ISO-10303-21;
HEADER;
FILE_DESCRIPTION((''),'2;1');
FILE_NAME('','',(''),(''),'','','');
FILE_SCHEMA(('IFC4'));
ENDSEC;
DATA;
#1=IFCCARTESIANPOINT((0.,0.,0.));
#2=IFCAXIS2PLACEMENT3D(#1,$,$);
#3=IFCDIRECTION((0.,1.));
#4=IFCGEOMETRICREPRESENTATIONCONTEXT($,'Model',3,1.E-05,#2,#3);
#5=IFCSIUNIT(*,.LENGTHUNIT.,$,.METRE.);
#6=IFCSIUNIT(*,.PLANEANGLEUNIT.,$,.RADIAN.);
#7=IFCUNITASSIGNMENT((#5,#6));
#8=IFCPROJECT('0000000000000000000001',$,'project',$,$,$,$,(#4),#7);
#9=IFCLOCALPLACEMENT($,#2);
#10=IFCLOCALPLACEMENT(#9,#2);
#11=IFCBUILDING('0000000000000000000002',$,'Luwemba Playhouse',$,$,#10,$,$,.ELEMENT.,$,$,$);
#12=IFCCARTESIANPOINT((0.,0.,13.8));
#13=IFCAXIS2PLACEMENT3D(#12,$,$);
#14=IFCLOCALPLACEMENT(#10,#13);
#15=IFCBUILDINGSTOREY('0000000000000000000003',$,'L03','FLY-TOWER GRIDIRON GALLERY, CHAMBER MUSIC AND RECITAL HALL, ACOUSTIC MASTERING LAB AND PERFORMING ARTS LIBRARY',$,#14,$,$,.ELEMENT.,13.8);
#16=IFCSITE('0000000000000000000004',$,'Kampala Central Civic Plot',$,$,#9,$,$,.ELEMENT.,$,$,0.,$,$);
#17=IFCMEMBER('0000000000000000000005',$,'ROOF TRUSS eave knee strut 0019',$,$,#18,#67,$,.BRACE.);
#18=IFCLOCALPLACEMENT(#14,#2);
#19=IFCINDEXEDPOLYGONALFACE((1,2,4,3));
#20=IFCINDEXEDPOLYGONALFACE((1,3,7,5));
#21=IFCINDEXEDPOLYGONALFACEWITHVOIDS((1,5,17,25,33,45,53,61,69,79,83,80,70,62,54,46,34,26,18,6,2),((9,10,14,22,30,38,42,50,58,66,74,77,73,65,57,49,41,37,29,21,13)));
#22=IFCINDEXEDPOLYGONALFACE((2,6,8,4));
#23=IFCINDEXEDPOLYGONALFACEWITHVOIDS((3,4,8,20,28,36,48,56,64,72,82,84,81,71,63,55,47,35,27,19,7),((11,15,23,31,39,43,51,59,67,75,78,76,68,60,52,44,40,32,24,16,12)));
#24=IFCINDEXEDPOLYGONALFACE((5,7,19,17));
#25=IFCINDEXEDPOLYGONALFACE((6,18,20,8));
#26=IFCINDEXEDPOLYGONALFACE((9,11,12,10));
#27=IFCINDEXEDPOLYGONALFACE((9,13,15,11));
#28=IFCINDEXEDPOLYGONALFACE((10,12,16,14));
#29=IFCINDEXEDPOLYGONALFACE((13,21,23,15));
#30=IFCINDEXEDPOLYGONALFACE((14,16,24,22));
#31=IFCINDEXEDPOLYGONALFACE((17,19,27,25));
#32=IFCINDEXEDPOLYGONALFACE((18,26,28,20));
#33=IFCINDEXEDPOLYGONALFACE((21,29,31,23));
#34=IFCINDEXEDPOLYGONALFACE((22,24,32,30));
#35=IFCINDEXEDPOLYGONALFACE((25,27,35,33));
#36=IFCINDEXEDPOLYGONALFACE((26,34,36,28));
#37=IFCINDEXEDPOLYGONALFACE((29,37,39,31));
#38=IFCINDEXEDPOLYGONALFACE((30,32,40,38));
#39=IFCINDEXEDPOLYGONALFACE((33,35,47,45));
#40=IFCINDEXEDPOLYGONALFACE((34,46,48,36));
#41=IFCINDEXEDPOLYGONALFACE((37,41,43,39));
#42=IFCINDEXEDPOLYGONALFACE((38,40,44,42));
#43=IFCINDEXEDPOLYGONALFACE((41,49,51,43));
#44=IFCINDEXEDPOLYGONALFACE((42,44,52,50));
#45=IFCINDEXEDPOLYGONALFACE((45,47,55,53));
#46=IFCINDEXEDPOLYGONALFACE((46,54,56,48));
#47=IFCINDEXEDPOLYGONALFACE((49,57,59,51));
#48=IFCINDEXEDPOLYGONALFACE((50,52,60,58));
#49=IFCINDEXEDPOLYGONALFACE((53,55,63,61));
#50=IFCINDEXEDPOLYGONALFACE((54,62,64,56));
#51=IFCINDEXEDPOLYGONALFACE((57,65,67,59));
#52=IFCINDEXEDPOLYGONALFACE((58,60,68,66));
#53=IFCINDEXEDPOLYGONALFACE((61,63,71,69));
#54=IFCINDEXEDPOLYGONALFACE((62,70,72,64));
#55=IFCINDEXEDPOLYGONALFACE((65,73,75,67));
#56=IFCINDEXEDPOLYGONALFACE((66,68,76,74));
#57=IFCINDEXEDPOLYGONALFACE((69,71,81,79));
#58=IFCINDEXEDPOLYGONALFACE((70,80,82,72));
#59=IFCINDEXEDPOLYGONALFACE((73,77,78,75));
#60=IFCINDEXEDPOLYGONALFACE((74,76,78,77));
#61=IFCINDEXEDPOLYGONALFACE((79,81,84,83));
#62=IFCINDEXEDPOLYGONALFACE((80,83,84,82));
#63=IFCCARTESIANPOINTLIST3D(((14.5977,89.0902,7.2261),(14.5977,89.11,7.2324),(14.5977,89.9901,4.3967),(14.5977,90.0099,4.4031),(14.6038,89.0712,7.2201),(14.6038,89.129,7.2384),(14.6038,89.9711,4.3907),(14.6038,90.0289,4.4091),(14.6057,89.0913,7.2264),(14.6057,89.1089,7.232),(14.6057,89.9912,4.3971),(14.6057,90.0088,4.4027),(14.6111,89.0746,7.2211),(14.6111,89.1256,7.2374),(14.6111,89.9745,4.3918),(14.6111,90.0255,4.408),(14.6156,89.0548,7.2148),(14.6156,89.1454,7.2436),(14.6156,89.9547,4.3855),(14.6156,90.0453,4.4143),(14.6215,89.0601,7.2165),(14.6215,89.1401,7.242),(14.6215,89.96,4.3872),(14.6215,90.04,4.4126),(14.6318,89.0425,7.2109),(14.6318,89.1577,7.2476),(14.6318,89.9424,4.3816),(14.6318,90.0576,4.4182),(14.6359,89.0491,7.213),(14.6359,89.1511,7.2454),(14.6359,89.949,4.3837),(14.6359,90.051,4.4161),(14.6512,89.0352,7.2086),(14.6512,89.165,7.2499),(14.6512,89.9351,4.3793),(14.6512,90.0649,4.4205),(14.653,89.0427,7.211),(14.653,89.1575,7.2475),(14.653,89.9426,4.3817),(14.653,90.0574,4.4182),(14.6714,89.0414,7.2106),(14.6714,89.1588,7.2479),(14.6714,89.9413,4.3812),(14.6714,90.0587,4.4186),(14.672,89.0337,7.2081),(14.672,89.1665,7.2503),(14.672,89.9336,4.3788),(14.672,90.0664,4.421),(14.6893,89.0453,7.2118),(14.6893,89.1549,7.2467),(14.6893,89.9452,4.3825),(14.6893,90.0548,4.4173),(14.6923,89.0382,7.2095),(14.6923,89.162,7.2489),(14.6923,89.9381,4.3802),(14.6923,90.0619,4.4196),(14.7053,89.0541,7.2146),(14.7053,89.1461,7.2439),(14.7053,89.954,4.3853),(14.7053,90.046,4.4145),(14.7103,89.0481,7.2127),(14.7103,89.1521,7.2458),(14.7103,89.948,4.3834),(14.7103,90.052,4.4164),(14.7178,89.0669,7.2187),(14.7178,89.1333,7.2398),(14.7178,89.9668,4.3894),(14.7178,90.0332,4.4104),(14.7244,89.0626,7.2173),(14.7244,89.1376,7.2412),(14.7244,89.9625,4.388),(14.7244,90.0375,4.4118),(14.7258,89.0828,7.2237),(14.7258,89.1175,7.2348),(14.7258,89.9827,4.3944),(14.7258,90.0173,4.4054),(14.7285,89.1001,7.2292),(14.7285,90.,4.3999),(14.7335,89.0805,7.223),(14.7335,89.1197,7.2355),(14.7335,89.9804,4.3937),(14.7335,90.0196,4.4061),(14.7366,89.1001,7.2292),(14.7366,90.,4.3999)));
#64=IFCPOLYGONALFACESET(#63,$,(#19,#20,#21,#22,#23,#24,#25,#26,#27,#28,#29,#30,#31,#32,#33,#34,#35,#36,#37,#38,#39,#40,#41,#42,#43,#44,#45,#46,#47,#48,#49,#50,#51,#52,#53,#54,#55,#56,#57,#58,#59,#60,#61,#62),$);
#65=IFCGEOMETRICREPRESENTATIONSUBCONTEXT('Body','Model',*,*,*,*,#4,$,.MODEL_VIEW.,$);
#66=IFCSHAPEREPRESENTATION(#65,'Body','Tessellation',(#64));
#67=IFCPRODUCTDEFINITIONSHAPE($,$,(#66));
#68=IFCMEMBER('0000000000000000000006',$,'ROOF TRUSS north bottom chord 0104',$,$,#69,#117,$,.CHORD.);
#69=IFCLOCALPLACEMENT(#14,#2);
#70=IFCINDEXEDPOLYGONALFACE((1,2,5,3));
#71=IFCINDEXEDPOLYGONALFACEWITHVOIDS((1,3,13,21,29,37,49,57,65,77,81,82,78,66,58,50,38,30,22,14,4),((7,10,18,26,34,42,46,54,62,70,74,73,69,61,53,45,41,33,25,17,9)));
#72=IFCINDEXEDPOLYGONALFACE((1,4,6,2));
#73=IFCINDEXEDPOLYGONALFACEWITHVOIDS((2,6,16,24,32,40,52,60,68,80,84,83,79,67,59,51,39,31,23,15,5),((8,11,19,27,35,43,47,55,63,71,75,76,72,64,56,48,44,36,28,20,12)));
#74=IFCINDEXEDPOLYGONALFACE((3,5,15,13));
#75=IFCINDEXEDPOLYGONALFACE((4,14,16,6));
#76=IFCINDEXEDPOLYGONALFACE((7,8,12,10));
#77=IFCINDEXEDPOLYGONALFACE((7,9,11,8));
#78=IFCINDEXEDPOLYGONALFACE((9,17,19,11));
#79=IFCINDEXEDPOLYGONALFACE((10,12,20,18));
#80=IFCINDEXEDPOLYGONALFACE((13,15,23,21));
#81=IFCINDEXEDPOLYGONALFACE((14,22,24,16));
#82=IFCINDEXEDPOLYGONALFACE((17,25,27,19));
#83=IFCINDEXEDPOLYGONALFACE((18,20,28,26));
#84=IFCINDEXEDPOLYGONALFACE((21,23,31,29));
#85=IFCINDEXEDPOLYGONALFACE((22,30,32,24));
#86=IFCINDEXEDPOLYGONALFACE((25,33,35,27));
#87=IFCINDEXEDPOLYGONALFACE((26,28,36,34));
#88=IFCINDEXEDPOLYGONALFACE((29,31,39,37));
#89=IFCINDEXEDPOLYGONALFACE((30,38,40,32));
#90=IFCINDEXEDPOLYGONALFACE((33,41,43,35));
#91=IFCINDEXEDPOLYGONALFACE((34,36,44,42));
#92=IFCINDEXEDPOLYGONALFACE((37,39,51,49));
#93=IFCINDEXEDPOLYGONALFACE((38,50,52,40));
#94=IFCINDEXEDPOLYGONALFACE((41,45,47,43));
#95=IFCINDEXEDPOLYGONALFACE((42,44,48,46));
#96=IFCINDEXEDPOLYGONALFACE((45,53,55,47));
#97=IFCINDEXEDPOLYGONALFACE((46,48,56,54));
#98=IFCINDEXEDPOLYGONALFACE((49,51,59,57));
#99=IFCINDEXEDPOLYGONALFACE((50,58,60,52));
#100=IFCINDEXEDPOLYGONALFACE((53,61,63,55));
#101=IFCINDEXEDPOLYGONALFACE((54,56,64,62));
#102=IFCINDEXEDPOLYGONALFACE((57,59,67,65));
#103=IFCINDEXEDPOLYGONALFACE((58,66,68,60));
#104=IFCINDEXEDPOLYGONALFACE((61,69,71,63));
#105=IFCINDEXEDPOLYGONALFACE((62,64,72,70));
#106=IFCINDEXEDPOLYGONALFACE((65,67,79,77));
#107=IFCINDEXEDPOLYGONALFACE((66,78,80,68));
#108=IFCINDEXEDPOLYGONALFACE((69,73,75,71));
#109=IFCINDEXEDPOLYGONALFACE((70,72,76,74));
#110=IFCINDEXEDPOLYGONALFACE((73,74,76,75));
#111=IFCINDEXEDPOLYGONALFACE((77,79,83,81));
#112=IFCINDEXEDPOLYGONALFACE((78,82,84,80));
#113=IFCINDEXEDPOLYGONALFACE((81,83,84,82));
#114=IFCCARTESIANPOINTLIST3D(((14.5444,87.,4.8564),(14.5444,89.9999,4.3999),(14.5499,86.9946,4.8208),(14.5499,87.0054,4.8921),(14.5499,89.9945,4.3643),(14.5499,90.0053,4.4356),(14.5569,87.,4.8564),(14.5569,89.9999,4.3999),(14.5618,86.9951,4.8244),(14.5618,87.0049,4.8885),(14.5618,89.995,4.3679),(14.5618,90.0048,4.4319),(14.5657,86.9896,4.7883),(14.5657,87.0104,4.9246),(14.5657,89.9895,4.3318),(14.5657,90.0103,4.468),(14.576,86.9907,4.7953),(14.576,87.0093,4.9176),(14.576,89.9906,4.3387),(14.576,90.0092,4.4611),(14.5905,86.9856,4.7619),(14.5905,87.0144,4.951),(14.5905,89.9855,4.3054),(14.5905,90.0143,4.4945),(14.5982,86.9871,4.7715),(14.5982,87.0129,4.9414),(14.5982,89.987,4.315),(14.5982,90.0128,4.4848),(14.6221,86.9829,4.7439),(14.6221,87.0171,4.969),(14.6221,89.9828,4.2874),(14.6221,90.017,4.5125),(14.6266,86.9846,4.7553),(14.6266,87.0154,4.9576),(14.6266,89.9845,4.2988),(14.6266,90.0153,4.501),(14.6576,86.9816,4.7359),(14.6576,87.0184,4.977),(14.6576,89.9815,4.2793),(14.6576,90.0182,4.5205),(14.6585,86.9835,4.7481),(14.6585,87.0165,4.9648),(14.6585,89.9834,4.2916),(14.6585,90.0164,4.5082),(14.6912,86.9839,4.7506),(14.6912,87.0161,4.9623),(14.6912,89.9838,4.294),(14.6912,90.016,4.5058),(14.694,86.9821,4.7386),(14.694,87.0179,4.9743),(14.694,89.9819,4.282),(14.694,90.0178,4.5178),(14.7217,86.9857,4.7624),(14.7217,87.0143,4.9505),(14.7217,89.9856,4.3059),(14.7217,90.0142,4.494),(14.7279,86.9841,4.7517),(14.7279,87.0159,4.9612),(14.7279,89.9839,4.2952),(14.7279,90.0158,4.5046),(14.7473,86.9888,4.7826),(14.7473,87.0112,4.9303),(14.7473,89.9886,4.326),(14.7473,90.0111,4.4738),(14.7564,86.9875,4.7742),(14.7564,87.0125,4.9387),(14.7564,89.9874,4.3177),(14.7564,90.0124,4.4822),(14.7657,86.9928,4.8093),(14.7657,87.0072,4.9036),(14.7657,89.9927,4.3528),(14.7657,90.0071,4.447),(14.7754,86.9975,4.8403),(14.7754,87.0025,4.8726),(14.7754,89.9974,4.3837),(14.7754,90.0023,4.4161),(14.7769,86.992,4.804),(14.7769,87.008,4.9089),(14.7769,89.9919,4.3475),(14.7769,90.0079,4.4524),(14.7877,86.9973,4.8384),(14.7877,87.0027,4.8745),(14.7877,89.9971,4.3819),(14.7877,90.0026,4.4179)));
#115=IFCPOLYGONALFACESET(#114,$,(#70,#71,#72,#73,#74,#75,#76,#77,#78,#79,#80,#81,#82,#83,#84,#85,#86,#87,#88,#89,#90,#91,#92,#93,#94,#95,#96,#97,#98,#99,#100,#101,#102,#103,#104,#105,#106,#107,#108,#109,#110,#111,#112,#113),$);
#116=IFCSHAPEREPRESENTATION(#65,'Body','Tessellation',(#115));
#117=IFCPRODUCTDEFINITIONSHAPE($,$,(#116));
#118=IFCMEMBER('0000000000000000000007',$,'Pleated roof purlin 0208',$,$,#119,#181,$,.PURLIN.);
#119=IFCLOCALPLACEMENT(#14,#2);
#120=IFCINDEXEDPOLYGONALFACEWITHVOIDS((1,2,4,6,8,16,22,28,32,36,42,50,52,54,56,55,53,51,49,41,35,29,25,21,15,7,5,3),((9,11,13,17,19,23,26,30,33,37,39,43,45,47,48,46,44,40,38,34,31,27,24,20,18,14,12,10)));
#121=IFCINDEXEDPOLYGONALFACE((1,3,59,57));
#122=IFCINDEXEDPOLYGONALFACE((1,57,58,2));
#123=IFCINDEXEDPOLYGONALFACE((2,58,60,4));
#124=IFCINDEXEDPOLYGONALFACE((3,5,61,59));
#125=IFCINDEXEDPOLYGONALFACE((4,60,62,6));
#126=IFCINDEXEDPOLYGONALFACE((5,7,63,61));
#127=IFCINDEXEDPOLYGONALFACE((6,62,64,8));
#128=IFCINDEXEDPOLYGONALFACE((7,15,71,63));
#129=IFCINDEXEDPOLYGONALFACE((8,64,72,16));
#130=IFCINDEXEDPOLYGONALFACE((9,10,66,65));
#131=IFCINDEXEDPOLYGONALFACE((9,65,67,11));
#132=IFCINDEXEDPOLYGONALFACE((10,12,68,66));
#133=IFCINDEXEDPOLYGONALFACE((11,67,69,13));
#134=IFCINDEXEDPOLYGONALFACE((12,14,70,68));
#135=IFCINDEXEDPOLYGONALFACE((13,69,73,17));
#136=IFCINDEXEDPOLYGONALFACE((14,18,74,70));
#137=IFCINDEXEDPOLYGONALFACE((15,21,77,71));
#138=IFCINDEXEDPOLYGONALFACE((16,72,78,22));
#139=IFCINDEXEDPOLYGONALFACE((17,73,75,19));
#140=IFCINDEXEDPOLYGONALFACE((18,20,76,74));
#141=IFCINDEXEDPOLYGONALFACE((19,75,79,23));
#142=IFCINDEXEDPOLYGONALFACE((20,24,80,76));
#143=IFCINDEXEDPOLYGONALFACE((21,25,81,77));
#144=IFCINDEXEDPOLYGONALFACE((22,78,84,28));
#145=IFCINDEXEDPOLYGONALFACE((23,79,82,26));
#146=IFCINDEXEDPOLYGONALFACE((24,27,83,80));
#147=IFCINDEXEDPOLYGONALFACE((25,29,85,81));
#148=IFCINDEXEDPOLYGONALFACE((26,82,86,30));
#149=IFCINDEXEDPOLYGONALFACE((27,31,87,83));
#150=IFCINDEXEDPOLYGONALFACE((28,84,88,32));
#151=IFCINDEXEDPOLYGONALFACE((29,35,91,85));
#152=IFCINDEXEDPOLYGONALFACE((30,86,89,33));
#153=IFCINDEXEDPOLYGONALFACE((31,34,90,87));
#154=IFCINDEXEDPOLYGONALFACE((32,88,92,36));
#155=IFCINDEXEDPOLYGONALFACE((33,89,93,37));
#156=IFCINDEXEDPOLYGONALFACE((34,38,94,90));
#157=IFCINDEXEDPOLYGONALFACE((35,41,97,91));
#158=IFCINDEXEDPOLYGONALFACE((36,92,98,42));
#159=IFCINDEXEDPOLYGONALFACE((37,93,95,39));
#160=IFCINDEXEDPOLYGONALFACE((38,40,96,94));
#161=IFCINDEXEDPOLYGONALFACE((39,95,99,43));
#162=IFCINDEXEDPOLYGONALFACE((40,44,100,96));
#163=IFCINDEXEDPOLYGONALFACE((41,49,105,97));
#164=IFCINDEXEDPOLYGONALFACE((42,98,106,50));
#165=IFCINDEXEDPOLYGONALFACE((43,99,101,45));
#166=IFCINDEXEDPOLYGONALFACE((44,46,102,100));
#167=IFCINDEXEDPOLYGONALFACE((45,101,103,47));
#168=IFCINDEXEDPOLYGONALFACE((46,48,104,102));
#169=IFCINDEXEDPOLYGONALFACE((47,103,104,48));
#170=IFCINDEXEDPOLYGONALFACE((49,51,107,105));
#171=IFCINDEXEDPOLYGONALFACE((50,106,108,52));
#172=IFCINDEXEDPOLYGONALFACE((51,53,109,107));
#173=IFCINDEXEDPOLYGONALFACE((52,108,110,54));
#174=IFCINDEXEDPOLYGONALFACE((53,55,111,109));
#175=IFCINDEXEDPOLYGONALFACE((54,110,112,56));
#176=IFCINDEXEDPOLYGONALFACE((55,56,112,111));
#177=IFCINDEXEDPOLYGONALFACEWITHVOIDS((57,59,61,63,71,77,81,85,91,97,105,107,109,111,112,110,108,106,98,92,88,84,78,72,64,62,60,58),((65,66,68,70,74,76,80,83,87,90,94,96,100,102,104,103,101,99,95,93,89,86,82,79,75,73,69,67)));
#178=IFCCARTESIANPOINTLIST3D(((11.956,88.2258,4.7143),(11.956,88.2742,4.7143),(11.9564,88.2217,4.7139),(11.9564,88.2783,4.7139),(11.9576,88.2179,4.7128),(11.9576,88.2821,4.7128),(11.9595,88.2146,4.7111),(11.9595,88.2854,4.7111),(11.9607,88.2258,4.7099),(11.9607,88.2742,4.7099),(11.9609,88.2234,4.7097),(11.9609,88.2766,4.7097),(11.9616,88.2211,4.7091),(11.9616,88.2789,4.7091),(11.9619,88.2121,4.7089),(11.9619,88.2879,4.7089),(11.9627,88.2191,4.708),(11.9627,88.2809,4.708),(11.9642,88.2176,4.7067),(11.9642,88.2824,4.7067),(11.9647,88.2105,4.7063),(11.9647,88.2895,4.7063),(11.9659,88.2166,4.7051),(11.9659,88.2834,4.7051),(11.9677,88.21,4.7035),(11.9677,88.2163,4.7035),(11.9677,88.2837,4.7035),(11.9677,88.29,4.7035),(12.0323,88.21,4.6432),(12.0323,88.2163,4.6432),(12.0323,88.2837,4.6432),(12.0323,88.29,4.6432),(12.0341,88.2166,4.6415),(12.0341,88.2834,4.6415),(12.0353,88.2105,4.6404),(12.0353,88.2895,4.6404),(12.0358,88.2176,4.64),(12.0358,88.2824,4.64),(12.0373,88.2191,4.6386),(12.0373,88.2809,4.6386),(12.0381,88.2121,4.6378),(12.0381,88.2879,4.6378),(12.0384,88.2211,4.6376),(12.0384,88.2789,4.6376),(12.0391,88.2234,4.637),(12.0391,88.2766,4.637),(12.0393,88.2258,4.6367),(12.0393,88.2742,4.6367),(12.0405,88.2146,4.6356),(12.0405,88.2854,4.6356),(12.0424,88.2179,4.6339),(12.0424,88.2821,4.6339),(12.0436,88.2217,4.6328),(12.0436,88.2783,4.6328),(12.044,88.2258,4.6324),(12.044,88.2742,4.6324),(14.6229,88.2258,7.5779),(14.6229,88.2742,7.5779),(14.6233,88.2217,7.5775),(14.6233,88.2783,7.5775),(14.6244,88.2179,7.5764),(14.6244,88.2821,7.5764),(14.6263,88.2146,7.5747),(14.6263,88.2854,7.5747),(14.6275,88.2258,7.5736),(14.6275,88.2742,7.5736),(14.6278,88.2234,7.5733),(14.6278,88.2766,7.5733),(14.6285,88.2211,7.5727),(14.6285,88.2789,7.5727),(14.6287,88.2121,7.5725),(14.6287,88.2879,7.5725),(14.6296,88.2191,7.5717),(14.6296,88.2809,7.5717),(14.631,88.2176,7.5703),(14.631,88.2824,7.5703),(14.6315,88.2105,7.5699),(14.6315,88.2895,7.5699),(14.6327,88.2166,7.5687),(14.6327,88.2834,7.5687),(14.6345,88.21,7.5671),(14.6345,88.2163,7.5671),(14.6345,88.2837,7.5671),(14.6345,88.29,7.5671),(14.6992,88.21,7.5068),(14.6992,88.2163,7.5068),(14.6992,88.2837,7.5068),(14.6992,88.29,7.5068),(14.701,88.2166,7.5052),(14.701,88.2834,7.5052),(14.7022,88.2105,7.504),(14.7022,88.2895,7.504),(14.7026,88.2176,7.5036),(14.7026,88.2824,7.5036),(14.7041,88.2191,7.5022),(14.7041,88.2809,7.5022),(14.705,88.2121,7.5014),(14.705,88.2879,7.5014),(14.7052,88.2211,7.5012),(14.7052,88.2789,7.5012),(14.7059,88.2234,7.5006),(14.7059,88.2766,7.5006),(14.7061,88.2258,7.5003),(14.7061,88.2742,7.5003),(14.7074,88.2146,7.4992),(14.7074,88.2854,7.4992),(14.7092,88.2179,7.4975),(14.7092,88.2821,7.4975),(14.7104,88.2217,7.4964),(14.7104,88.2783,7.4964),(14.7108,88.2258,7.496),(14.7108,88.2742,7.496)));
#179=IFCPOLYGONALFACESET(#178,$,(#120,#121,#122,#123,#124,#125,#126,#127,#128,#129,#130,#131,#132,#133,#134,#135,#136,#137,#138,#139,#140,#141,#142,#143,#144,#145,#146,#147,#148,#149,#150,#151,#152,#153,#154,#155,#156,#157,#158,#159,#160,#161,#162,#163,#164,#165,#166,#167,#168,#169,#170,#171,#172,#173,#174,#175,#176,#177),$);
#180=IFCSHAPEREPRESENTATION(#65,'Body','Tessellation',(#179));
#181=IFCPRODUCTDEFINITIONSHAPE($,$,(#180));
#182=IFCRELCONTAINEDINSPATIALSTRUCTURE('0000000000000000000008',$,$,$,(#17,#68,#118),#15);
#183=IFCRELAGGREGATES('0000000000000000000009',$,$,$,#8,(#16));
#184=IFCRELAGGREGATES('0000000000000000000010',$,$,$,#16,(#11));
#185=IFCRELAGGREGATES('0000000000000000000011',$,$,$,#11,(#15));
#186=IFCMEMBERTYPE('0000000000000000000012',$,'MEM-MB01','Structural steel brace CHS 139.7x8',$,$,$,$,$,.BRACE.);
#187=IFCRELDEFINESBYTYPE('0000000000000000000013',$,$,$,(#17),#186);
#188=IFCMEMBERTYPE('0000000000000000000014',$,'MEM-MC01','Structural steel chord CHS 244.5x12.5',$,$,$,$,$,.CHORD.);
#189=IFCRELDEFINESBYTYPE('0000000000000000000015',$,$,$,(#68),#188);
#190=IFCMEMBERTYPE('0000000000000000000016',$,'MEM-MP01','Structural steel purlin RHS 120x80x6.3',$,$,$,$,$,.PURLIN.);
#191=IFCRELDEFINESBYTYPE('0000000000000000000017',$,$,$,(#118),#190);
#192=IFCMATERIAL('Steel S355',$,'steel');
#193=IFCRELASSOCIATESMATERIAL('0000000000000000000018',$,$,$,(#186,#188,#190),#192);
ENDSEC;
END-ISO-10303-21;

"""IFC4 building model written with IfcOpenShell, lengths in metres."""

from ifc_helpers import new_model, si_unit, direction, frame, origin, origin_2d, place, context, subcontext, project, spatial, hollow_rectangle, hollow_circle, extrude, material, material_profile, profile_set, type_object, element, save


model = new_model("IFC4")

# Units and contexts
model_context = context("Model", 3, precision=1e-05, world=origin(), true_north=direction((0.0, 1.0)))
body_context = subcontext(model_context, "Body", "Model", "MODEL_VIEW")
ifc_project = project(units=[si_unit("LENGTHUNIT", "METRE"), si_unit("PLANEANGLEUNIT", "RADIAN")], contexts=[model_context])

# Site, building, storey
site_placement = place(None, origin())
site = spatial("IfcSite", under=ifc_project, at=site_placement, Name="Kampala Central Civic Plot", CompositionType="ELEMENT", RefElevation=0.0)
building_placement = place(site_placement, origin())
building = spatial("IfcBuilding", under=site, at=building_placement, Name="Luwemba Playhouse", CompositionType="ELEMENT")
storey_placement = place(building_placement, frame((0.0, 0.0, 13.8)))
storey = spatial("IfcBuildingStorey", under=building, at=storey_placement, Name="L03", Description="FLY-TOWER GRIDIRON GALLERY, CHAMBER MUSIC AND RECITAL HALL, ACOUSTIC MASTERING LAB AND PERFORMING ARTS LIBRARY", CompositionType="ELEMENT", Elevation=13.8)

# Shared definitions
ifc_material_1 = material(Name="Steel S355", Category="steel")

# Members
ifc_material_profile_1 = material_profile(ifc_material_1, hollow_circle(Radius=0.0698, WallThickness=0.0081, at=origin_2d()))
ifc_profile_set_1 = profile_set([ifc_material_profile_1], Name="Steel S355")
member_type_1 = type_object("IfcMemberType", Name="MEM-MB01", Description="Structural steel brace CHS 139.7x8", PredefinedType="BRACE", material=ifc_profile_set_1)
member_1_placement = place(storey_placement, frame((14.6667, 90.0, 4.3999), z_axis=(0.0, -0.303098, 0.952959), x_axis=(1.0, 0.0, 0.0)))
element("IfcMember", 1, at=member_1_placement, inside=storey, type_object=member_type_1, Name="ROOF TRUSS eave knee strut 0019", PredefinedType="BRACE", context=body_context, shape_type="SweptSolid", body=[
    extrude(hollow_circle(Radius=0.0698, WallThickness=0.0081, at=origin_2d()), origin(), (0.0, 0.0, 1.0), 2.969),
])
ifc_material_profile_2 = material_profile(ifc_material_1, hollow_circle(Radius=0.1223, WallThickness=0.0125, at=origin_2d()))
ifc_profile_set_2 = profile_set([ifc_material_profile_2], Name="Steel S355")
member_type_2 = type_object("IfcMemberType", Name="MEM-MC01", Description="Structural steel chord CHS 244.5x12.5", PredefinedType="CHORD", material=ifc_profile_set_2)
member_2_placement = place(storey_placement, frame((14.6667, 87.0, 4.8564), z_axis=(0.0, 0.988618, -0.150449), x_axis=(-1.0, 0.0, 0.0)))
element("IfcMember", 2, at=member_2_placement, inside=storey, type_object=member_type_2, Name="ROOF TRUSS north bottom chord 0104", PredefinedType="CHORD", context=body_context, shape_type="SweptSolid", body=[
    extrude(hollow_circle(Radius=0.1223, WallThickness=0.0125, at=origin_2d()), origin(), (0.0, 0.0, 1.0), 3.0344),
])
ifc_material_profile_3 = material_profile(ifc_material_1, hollow_rectangle(XDim=0.0801, YDim=0.1201, WallThickness=0.0063, InnerFilletRadius=0.0095, OuterFilletRadius=0.0159, at=origin_2d()))
ifc_profile_set_3 = profile_set([ifc_material_profile_3], Name="Steel S355")
member_type_3 = type_object("IfcMemberType", Name="MEM-MP01", Description="Structural steel purlin RHS 120x80x6.3", PredefinedType="PURLIN", material=ifc_profile_set_3)
member_3_placement = place(storey_placement, frame((12.0, 88.25, 4.6733), z_axis=(0.681515, 0.0, 0.731804), x_axis=(0.0, 1.0, 0.0)))
element("IfcMember", 3, at=member_3_placement, inside=storey, type_object=member_type_3, Name="Pleated roof purlin 0208", PredefinedType="PURLIN", context=body_context, shape_type="SweptSolid", body=[
    extrude(hollow_rectangle(XDim=0.0801, YDim=0.1201, WallThickness=0.0063, InnerFilletRadius=0.0095, OuterFilletRadius=0.0159, at=origin_2d()), origin(), (0.0, 0.0, 1.0), 3.9131),
])

save(model, "model.ifc")
